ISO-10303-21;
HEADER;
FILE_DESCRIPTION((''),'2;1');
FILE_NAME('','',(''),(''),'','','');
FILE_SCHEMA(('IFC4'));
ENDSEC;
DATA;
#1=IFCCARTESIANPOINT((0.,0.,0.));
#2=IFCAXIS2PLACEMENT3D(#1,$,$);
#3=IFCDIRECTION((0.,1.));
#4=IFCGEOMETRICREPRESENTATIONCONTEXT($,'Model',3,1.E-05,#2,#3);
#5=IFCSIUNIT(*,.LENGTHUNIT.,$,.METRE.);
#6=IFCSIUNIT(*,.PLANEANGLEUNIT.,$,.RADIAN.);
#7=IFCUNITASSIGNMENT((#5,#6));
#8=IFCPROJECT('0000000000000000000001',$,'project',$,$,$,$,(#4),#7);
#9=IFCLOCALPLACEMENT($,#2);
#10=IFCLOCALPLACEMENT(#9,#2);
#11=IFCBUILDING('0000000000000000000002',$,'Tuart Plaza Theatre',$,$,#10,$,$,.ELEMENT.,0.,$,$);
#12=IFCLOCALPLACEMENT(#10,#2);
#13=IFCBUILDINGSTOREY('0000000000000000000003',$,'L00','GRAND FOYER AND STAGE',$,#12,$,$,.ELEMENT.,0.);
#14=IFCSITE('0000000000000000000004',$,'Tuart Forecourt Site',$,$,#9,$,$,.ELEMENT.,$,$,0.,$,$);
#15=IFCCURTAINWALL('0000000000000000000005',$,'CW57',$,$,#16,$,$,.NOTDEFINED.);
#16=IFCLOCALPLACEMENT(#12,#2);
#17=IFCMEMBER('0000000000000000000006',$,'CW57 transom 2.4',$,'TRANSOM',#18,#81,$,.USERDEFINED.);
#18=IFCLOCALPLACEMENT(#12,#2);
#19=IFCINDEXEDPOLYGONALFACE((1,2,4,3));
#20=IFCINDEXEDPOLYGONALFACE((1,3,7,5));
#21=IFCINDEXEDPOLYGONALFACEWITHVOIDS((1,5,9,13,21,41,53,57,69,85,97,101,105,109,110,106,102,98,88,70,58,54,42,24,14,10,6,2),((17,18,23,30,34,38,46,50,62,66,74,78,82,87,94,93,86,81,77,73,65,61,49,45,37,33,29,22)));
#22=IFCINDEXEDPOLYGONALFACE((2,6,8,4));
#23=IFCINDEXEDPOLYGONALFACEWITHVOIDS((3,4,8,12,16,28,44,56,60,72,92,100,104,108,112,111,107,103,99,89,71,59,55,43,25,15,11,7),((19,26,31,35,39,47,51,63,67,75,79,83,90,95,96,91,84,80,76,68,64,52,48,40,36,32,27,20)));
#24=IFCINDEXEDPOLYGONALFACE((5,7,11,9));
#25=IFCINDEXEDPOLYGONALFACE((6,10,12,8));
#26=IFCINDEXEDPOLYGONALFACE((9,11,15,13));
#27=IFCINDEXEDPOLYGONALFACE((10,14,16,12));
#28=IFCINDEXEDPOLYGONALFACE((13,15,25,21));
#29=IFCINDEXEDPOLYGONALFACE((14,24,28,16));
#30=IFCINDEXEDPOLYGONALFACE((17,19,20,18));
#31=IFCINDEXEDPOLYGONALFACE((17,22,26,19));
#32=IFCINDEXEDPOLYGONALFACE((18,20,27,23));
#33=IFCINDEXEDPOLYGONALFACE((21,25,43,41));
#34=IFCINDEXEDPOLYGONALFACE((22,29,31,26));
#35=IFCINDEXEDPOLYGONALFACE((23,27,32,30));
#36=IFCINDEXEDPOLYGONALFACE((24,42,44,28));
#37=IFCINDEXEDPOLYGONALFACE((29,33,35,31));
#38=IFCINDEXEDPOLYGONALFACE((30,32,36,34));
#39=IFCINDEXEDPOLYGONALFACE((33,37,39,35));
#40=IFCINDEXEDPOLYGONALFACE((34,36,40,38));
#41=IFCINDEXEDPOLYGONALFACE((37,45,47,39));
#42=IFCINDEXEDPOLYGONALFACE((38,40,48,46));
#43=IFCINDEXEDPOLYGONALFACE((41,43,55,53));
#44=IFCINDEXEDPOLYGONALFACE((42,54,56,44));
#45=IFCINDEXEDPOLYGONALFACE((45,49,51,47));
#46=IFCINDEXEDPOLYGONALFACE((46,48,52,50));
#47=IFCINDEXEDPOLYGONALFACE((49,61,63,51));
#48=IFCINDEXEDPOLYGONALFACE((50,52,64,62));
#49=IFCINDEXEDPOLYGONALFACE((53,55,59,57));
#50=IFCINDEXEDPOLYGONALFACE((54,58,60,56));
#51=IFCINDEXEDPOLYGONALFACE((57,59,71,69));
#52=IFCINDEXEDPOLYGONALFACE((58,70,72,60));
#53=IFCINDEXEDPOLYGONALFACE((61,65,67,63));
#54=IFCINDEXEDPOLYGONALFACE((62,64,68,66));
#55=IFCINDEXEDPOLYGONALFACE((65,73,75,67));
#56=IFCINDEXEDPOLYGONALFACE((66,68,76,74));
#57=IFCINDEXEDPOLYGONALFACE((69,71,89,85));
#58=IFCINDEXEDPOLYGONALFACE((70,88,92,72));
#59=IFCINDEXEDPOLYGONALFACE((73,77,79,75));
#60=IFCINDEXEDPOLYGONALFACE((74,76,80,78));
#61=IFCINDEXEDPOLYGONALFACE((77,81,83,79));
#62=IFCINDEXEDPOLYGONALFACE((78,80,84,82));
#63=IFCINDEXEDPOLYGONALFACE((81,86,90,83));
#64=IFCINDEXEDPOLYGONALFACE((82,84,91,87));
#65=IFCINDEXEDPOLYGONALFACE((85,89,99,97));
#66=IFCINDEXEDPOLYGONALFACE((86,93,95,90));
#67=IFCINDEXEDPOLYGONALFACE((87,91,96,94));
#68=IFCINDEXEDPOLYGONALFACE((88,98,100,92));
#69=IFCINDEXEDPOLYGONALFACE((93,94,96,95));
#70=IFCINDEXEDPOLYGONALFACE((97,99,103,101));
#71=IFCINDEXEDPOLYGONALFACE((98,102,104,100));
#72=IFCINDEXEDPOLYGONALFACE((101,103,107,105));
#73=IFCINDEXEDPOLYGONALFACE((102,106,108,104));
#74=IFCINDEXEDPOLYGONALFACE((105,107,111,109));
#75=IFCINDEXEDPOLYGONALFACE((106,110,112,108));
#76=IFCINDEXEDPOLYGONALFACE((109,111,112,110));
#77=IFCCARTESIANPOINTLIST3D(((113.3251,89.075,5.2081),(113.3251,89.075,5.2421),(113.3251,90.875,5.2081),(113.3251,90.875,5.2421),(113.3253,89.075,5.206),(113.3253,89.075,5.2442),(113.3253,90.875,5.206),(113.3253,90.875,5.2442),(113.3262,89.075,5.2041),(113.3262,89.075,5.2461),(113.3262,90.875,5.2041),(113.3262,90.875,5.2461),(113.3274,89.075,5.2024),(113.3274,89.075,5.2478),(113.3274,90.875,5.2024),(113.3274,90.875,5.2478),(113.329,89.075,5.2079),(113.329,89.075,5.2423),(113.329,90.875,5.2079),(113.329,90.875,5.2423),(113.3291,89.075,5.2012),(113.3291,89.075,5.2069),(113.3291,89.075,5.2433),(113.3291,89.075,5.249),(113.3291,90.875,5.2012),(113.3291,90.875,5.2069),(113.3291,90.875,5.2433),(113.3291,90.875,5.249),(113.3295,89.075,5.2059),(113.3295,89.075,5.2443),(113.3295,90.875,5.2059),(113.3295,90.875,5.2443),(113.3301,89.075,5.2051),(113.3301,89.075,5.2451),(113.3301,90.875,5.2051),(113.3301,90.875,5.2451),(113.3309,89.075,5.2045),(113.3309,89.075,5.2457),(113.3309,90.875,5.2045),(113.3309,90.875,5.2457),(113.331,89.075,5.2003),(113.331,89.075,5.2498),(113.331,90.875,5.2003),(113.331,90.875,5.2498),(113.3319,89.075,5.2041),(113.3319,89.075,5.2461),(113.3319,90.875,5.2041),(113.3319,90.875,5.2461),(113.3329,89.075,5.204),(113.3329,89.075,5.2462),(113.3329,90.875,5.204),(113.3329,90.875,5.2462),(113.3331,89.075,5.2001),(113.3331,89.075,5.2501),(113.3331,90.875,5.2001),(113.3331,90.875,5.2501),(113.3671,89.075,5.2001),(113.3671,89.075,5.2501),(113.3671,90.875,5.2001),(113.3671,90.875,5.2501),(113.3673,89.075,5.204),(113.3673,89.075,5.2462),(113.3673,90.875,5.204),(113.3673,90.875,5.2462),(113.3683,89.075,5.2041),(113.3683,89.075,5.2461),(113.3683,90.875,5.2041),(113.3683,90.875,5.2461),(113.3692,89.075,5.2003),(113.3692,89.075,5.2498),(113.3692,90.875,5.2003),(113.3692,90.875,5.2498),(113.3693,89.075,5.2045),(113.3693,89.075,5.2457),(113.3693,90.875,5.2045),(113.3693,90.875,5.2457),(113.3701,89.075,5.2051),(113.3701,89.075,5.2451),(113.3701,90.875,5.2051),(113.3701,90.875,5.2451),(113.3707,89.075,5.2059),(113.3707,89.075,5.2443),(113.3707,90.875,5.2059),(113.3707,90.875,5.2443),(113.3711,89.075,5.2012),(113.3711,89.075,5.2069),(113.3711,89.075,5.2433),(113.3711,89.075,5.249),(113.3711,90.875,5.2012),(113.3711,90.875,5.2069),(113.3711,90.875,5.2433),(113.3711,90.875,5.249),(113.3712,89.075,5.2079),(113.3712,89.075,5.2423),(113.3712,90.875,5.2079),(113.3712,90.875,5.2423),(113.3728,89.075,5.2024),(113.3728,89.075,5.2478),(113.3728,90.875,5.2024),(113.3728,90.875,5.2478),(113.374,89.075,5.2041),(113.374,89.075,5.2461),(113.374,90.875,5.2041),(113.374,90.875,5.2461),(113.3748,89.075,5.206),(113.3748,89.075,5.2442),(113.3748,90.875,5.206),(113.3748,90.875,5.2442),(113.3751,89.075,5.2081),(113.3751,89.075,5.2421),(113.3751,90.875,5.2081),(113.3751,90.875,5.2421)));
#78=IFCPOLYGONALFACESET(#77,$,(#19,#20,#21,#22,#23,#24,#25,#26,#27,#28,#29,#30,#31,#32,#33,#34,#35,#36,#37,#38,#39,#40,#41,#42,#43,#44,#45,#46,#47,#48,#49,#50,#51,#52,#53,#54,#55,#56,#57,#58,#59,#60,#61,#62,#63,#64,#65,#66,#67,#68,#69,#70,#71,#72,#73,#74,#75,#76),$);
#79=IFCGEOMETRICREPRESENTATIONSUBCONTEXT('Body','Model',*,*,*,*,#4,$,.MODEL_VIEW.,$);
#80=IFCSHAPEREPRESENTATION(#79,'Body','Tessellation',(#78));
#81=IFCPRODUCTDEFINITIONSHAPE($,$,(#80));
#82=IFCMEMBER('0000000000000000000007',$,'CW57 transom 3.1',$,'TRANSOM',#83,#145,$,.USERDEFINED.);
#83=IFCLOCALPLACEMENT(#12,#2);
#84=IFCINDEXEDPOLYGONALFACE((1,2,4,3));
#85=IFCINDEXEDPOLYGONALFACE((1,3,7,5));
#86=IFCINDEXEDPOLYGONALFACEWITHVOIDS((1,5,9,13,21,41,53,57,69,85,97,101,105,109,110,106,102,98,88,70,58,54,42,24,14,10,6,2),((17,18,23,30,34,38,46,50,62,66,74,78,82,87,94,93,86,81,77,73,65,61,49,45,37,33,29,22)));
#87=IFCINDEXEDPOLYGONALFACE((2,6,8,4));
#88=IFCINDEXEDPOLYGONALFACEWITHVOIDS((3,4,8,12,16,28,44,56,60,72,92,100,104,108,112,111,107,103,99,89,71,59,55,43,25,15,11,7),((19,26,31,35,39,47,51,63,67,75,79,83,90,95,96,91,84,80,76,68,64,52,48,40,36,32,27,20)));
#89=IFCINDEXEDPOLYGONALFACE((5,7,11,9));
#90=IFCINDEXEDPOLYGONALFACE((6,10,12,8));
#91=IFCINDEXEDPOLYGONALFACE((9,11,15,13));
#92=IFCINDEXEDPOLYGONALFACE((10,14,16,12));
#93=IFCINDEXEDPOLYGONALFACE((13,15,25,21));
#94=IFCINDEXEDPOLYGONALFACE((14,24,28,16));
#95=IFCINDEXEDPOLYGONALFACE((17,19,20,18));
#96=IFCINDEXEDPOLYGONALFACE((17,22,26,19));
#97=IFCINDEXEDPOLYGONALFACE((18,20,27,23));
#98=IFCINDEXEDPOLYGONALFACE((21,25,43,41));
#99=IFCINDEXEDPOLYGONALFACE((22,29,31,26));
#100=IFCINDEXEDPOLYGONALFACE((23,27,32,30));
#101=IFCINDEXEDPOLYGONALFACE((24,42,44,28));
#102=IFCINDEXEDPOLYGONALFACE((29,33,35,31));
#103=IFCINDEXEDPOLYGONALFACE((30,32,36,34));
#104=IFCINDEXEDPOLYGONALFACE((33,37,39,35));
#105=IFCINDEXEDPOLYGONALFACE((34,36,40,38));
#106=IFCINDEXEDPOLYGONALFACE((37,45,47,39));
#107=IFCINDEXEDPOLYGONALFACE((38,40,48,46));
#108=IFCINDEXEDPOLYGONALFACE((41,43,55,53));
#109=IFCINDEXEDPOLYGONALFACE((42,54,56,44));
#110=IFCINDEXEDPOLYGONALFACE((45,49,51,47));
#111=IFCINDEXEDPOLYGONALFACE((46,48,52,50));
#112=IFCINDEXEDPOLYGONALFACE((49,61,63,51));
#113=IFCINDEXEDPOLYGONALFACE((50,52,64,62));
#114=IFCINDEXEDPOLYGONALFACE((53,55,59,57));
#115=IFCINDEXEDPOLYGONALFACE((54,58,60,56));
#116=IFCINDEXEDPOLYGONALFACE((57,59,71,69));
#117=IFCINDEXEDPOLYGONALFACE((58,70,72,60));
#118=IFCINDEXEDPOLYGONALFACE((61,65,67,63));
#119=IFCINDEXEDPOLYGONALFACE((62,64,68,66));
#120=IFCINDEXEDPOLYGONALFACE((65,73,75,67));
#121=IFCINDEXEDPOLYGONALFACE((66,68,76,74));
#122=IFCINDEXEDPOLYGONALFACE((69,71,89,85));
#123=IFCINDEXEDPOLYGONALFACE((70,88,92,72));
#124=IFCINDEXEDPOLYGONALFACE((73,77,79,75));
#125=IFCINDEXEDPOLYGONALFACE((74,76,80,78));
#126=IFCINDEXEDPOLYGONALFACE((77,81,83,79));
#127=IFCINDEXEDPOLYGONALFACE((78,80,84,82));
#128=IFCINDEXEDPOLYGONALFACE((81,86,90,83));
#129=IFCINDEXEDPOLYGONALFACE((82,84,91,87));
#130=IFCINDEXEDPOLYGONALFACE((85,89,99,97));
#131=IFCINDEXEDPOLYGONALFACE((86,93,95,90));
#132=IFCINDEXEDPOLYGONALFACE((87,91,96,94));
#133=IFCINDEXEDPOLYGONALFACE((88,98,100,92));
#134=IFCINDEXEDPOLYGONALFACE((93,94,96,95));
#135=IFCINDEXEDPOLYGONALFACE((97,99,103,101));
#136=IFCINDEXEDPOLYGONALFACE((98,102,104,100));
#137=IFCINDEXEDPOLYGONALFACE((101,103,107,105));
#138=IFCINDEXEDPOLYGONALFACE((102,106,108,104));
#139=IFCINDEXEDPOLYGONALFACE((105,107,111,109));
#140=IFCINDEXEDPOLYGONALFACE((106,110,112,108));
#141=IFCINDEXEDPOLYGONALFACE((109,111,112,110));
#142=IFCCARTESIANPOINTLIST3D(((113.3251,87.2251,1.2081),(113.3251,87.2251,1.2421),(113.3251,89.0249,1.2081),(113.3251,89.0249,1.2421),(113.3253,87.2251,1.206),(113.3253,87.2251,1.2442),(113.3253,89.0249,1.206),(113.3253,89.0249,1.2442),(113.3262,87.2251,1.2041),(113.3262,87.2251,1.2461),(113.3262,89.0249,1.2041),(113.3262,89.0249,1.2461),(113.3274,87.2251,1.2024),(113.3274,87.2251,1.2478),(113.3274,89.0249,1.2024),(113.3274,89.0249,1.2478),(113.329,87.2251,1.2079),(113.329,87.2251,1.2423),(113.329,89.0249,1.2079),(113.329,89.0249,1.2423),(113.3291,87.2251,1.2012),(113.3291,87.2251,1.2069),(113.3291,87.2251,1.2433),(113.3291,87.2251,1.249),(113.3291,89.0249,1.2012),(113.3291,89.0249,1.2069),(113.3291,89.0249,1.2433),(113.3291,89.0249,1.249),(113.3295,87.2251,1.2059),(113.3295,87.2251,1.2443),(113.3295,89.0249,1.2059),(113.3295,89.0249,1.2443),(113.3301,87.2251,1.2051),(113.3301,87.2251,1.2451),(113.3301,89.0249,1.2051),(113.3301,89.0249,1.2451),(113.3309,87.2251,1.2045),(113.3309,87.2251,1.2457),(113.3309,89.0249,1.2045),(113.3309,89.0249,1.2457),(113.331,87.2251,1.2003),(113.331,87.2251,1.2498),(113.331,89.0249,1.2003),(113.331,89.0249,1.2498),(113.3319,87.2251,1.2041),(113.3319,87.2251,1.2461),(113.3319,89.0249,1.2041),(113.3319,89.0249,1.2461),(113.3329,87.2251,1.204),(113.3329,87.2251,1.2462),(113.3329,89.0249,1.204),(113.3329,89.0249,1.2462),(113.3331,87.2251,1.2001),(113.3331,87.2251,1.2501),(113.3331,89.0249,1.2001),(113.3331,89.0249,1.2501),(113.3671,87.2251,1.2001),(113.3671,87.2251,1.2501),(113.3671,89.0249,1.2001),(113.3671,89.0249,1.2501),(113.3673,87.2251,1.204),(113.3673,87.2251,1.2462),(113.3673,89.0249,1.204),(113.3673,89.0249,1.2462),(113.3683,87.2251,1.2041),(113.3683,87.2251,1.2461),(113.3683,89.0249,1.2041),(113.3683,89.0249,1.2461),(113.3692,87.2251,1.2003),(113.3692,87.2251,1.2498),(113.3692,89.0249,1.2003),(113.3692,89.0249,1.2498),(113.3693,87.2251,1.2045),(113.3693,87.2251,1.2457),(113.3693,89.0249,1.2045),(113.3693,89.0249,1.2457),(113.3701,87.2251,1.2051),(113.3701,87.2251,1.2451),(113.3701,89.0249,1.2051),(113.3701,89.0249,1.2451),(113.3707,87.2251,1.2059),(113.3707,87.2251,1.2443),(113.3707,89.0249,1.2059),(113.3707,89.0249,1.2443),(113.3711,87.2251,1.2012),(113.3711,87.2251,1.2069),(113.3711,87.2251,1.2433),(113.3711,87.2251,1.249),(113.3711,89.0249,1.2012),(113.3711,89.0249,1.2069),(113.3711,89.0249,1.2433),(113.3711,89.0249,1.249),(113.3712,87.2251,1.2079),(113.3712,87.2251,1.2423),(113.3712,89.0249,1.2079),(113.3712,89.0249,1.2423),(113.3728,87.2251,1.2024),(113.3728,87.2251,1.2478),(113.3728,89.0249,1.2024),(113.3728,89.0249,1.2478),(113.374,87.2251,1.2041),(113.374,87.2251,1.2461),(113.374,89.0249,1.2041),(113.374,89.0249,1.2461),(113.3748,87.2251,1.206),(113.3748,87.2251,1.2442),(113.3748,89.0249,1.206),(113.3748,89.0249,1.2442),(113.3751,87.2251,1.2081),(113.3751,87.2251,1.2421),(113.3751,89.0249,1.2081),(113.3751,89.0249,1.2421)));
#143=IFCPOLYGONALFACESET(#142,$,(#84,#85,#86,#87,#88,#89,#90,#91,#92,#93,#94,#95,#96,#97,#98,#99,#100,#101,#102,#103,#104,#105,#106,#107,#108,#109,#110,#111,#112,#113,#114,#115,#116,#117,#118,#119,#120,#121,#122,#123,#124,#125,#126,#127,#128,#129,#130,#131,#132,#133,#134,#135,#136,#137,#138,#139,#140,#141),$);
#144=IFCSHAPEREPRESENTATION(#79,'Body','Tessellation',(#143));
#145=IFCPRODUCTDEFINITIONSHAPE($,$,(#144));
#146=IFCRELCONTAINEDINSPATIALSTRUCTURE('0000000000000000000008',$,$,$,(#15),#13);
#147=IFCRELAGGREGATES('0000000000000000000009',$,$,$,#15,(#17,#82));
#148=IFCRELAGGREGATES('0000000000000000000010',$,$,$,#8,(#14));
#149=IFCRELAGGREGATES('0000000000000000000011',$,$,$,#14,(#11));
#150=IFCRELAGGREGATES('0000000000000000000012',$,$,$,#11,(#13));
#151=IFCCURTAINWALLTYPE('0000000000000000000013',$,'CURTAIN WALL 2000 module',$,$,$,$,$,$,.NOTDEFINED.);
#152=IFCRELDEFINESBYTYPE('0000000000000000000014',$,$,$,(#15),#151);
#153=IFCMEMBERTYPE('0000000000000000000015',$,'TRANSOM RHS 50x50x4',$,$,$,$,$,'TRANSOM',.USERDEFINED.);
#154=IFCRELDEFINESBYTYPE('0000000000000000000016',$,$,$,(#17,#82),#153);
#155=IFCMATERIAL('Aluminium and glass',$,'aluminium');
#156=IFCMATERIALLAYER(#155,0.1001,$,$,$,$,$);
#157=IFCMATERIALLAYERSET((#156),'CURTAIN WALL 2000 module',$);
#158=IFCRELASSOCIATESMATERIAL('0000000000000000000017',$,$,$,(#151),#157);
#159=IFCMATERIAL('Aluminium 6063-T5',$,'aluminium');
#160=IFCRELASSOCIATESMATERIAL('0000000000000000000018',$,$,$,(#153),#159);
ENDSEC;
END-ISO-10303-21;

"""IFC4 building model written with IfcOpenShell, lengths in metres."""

from ifc_helpers import new_model, si_unit, direction, frame, origin, origin_2d, place, context, subcontext, project, spatial, hollow_rectangle, extrude, material, layer, layer_set, material_profile, profile_set, type_object, element, aggregate, save


model = new_model("IFC4")

# Units and contexts
model_context = context("Model", 3, precision=1e-05, world=origin(), true_north=direction((0.0, 1.0)))
body_context = subcontext(model_context, "Body", "Model", "MODEL_VIEW")
ifc_project = project(units=[si_unit("LENGTHUNIT", "METRE"), si_unit("PLANEANGLEUNIT", "RADIAN")], contexts=[model_context])

# Site, building, storey
site_placement = place(None, origin())
site = spatial("IfcSite", under=ifc_project, at=site_placement, Name="Tuart Forecourt Site", CompositionType="ELEMENT", RefElevation=0.0)
building_placement = place(site_placement, origin())
building = spatial("IfcBuilding", under=site, at=building_placement, Name="Tuart Plaza Theatre", CompositionType="ELEMENT", ElevationOfRefHeight=0.0)
storey_placement = place(building_placement, origin())
storey = spatial("IfcBuildingStorey", under=building, at=storey_placement, Name="L00", Description="GRAND FOYER AND STAGE", CompositionType="ELEMENT", Elevation=0.0)

# Curtain wall, members
ifc_material_1 = material(Name="Aluminium and glass", Category="aluminium")
ifc_layer_1 = layer(ifc_material_1, 0.1001)
ifc_layer_set_1 = layer_set([ifc_layer_1], Name="CURTAIN WALL 2000 module")
curtain_wall_type_1 = type_object("IfcCurtainWallType", Name="CURTAIN WALL 2000 module", PredefinedType="NOTDEFINED", material=ifc_layer_set_1)
curtain_wall_1_placement = place(storey_placement, origin())
curtain_wall_1 = element("IfcCurtainWall", 1, at=curtain_wall_1_placement, inside=storey, type_object=curtain_wall_type_1, Name="CW57", PredefinedType="NOTDEFINED")
ifc_material_2 = material(Name="Aluminium 6063-T5", Category="aluminium")
ifc_material_profile_1 = material_profile(ifc_material_2, hollow_rectangle(XDim=0.05, YDim=0.05, WallThickness=0.0039, InnerFilletRadius=0.0039, OuterFilletRadius=0.0081, at=origin_2d()), Name="RHS 50x50x4")
ifc_profile_set_1 = profile_set([ifc_material_profile_1], Name="Aluminium 6063-T5")
member_type_1 = type_object("IfcMemberType", Name="TRANSOM RHS 50x50x4", ElementType="TRANSOM", PredefinedType="USERDEFINED", material=ifc_profile_set_1)
member_1_placement = place(storey_placement, frame((113.3501, 90.875, 5.2251), z_axis=(0.0, -1.0, 0.0), x_axis=(1.0, 0.0, 0.0)))
member_1 = element("IfcMember", 2, at=member_1_placement, type_object=member_type_1, Name="CW57 transom 2.4", ObjectType="TRANSOM", PredefinedType="USERDEFINED", context=body_context, shape_type="SweptSolid", body=[
    extrude(hollow_rectangle(XDim=0.05, YDim=0.05, WallThickness=0.0039, InnerFilletRadius=0.0039, OuterFilletRadius=0.0081, at=origin_2d()), origin(), (0.0, 0.0, 1.0), 1.8),
])
member_2_placement = place(storey_placement, frame((113.3501, 89.0249, 1.2251), z_axis=(0.0, -1.0, 0.0), x_axis=(1.0, 0.0, 0.0)))
member_2 = element("IfcMember", 3, at=member_2_placement, type_object=member_type_1, Name="CW57 transom 3.1", ObjectType="TRANSOM", PredefinedType="USERDEFINED", context=body_context, shape_type="SweptSolid", body=[
    extrude(hollow_rectangle(XDim=0.05, YDim=0.05, WallThickness=0.0039, InnerFilletRadius=0.0039, OuterFilletRadius=0.0081, at=origin_2d()), origin(), (0.0, 0.0, 1.0), 1.7998),
])
aggregate(curtain_wall_1, [member_1, member_2])

save(model, "model.ifc")
